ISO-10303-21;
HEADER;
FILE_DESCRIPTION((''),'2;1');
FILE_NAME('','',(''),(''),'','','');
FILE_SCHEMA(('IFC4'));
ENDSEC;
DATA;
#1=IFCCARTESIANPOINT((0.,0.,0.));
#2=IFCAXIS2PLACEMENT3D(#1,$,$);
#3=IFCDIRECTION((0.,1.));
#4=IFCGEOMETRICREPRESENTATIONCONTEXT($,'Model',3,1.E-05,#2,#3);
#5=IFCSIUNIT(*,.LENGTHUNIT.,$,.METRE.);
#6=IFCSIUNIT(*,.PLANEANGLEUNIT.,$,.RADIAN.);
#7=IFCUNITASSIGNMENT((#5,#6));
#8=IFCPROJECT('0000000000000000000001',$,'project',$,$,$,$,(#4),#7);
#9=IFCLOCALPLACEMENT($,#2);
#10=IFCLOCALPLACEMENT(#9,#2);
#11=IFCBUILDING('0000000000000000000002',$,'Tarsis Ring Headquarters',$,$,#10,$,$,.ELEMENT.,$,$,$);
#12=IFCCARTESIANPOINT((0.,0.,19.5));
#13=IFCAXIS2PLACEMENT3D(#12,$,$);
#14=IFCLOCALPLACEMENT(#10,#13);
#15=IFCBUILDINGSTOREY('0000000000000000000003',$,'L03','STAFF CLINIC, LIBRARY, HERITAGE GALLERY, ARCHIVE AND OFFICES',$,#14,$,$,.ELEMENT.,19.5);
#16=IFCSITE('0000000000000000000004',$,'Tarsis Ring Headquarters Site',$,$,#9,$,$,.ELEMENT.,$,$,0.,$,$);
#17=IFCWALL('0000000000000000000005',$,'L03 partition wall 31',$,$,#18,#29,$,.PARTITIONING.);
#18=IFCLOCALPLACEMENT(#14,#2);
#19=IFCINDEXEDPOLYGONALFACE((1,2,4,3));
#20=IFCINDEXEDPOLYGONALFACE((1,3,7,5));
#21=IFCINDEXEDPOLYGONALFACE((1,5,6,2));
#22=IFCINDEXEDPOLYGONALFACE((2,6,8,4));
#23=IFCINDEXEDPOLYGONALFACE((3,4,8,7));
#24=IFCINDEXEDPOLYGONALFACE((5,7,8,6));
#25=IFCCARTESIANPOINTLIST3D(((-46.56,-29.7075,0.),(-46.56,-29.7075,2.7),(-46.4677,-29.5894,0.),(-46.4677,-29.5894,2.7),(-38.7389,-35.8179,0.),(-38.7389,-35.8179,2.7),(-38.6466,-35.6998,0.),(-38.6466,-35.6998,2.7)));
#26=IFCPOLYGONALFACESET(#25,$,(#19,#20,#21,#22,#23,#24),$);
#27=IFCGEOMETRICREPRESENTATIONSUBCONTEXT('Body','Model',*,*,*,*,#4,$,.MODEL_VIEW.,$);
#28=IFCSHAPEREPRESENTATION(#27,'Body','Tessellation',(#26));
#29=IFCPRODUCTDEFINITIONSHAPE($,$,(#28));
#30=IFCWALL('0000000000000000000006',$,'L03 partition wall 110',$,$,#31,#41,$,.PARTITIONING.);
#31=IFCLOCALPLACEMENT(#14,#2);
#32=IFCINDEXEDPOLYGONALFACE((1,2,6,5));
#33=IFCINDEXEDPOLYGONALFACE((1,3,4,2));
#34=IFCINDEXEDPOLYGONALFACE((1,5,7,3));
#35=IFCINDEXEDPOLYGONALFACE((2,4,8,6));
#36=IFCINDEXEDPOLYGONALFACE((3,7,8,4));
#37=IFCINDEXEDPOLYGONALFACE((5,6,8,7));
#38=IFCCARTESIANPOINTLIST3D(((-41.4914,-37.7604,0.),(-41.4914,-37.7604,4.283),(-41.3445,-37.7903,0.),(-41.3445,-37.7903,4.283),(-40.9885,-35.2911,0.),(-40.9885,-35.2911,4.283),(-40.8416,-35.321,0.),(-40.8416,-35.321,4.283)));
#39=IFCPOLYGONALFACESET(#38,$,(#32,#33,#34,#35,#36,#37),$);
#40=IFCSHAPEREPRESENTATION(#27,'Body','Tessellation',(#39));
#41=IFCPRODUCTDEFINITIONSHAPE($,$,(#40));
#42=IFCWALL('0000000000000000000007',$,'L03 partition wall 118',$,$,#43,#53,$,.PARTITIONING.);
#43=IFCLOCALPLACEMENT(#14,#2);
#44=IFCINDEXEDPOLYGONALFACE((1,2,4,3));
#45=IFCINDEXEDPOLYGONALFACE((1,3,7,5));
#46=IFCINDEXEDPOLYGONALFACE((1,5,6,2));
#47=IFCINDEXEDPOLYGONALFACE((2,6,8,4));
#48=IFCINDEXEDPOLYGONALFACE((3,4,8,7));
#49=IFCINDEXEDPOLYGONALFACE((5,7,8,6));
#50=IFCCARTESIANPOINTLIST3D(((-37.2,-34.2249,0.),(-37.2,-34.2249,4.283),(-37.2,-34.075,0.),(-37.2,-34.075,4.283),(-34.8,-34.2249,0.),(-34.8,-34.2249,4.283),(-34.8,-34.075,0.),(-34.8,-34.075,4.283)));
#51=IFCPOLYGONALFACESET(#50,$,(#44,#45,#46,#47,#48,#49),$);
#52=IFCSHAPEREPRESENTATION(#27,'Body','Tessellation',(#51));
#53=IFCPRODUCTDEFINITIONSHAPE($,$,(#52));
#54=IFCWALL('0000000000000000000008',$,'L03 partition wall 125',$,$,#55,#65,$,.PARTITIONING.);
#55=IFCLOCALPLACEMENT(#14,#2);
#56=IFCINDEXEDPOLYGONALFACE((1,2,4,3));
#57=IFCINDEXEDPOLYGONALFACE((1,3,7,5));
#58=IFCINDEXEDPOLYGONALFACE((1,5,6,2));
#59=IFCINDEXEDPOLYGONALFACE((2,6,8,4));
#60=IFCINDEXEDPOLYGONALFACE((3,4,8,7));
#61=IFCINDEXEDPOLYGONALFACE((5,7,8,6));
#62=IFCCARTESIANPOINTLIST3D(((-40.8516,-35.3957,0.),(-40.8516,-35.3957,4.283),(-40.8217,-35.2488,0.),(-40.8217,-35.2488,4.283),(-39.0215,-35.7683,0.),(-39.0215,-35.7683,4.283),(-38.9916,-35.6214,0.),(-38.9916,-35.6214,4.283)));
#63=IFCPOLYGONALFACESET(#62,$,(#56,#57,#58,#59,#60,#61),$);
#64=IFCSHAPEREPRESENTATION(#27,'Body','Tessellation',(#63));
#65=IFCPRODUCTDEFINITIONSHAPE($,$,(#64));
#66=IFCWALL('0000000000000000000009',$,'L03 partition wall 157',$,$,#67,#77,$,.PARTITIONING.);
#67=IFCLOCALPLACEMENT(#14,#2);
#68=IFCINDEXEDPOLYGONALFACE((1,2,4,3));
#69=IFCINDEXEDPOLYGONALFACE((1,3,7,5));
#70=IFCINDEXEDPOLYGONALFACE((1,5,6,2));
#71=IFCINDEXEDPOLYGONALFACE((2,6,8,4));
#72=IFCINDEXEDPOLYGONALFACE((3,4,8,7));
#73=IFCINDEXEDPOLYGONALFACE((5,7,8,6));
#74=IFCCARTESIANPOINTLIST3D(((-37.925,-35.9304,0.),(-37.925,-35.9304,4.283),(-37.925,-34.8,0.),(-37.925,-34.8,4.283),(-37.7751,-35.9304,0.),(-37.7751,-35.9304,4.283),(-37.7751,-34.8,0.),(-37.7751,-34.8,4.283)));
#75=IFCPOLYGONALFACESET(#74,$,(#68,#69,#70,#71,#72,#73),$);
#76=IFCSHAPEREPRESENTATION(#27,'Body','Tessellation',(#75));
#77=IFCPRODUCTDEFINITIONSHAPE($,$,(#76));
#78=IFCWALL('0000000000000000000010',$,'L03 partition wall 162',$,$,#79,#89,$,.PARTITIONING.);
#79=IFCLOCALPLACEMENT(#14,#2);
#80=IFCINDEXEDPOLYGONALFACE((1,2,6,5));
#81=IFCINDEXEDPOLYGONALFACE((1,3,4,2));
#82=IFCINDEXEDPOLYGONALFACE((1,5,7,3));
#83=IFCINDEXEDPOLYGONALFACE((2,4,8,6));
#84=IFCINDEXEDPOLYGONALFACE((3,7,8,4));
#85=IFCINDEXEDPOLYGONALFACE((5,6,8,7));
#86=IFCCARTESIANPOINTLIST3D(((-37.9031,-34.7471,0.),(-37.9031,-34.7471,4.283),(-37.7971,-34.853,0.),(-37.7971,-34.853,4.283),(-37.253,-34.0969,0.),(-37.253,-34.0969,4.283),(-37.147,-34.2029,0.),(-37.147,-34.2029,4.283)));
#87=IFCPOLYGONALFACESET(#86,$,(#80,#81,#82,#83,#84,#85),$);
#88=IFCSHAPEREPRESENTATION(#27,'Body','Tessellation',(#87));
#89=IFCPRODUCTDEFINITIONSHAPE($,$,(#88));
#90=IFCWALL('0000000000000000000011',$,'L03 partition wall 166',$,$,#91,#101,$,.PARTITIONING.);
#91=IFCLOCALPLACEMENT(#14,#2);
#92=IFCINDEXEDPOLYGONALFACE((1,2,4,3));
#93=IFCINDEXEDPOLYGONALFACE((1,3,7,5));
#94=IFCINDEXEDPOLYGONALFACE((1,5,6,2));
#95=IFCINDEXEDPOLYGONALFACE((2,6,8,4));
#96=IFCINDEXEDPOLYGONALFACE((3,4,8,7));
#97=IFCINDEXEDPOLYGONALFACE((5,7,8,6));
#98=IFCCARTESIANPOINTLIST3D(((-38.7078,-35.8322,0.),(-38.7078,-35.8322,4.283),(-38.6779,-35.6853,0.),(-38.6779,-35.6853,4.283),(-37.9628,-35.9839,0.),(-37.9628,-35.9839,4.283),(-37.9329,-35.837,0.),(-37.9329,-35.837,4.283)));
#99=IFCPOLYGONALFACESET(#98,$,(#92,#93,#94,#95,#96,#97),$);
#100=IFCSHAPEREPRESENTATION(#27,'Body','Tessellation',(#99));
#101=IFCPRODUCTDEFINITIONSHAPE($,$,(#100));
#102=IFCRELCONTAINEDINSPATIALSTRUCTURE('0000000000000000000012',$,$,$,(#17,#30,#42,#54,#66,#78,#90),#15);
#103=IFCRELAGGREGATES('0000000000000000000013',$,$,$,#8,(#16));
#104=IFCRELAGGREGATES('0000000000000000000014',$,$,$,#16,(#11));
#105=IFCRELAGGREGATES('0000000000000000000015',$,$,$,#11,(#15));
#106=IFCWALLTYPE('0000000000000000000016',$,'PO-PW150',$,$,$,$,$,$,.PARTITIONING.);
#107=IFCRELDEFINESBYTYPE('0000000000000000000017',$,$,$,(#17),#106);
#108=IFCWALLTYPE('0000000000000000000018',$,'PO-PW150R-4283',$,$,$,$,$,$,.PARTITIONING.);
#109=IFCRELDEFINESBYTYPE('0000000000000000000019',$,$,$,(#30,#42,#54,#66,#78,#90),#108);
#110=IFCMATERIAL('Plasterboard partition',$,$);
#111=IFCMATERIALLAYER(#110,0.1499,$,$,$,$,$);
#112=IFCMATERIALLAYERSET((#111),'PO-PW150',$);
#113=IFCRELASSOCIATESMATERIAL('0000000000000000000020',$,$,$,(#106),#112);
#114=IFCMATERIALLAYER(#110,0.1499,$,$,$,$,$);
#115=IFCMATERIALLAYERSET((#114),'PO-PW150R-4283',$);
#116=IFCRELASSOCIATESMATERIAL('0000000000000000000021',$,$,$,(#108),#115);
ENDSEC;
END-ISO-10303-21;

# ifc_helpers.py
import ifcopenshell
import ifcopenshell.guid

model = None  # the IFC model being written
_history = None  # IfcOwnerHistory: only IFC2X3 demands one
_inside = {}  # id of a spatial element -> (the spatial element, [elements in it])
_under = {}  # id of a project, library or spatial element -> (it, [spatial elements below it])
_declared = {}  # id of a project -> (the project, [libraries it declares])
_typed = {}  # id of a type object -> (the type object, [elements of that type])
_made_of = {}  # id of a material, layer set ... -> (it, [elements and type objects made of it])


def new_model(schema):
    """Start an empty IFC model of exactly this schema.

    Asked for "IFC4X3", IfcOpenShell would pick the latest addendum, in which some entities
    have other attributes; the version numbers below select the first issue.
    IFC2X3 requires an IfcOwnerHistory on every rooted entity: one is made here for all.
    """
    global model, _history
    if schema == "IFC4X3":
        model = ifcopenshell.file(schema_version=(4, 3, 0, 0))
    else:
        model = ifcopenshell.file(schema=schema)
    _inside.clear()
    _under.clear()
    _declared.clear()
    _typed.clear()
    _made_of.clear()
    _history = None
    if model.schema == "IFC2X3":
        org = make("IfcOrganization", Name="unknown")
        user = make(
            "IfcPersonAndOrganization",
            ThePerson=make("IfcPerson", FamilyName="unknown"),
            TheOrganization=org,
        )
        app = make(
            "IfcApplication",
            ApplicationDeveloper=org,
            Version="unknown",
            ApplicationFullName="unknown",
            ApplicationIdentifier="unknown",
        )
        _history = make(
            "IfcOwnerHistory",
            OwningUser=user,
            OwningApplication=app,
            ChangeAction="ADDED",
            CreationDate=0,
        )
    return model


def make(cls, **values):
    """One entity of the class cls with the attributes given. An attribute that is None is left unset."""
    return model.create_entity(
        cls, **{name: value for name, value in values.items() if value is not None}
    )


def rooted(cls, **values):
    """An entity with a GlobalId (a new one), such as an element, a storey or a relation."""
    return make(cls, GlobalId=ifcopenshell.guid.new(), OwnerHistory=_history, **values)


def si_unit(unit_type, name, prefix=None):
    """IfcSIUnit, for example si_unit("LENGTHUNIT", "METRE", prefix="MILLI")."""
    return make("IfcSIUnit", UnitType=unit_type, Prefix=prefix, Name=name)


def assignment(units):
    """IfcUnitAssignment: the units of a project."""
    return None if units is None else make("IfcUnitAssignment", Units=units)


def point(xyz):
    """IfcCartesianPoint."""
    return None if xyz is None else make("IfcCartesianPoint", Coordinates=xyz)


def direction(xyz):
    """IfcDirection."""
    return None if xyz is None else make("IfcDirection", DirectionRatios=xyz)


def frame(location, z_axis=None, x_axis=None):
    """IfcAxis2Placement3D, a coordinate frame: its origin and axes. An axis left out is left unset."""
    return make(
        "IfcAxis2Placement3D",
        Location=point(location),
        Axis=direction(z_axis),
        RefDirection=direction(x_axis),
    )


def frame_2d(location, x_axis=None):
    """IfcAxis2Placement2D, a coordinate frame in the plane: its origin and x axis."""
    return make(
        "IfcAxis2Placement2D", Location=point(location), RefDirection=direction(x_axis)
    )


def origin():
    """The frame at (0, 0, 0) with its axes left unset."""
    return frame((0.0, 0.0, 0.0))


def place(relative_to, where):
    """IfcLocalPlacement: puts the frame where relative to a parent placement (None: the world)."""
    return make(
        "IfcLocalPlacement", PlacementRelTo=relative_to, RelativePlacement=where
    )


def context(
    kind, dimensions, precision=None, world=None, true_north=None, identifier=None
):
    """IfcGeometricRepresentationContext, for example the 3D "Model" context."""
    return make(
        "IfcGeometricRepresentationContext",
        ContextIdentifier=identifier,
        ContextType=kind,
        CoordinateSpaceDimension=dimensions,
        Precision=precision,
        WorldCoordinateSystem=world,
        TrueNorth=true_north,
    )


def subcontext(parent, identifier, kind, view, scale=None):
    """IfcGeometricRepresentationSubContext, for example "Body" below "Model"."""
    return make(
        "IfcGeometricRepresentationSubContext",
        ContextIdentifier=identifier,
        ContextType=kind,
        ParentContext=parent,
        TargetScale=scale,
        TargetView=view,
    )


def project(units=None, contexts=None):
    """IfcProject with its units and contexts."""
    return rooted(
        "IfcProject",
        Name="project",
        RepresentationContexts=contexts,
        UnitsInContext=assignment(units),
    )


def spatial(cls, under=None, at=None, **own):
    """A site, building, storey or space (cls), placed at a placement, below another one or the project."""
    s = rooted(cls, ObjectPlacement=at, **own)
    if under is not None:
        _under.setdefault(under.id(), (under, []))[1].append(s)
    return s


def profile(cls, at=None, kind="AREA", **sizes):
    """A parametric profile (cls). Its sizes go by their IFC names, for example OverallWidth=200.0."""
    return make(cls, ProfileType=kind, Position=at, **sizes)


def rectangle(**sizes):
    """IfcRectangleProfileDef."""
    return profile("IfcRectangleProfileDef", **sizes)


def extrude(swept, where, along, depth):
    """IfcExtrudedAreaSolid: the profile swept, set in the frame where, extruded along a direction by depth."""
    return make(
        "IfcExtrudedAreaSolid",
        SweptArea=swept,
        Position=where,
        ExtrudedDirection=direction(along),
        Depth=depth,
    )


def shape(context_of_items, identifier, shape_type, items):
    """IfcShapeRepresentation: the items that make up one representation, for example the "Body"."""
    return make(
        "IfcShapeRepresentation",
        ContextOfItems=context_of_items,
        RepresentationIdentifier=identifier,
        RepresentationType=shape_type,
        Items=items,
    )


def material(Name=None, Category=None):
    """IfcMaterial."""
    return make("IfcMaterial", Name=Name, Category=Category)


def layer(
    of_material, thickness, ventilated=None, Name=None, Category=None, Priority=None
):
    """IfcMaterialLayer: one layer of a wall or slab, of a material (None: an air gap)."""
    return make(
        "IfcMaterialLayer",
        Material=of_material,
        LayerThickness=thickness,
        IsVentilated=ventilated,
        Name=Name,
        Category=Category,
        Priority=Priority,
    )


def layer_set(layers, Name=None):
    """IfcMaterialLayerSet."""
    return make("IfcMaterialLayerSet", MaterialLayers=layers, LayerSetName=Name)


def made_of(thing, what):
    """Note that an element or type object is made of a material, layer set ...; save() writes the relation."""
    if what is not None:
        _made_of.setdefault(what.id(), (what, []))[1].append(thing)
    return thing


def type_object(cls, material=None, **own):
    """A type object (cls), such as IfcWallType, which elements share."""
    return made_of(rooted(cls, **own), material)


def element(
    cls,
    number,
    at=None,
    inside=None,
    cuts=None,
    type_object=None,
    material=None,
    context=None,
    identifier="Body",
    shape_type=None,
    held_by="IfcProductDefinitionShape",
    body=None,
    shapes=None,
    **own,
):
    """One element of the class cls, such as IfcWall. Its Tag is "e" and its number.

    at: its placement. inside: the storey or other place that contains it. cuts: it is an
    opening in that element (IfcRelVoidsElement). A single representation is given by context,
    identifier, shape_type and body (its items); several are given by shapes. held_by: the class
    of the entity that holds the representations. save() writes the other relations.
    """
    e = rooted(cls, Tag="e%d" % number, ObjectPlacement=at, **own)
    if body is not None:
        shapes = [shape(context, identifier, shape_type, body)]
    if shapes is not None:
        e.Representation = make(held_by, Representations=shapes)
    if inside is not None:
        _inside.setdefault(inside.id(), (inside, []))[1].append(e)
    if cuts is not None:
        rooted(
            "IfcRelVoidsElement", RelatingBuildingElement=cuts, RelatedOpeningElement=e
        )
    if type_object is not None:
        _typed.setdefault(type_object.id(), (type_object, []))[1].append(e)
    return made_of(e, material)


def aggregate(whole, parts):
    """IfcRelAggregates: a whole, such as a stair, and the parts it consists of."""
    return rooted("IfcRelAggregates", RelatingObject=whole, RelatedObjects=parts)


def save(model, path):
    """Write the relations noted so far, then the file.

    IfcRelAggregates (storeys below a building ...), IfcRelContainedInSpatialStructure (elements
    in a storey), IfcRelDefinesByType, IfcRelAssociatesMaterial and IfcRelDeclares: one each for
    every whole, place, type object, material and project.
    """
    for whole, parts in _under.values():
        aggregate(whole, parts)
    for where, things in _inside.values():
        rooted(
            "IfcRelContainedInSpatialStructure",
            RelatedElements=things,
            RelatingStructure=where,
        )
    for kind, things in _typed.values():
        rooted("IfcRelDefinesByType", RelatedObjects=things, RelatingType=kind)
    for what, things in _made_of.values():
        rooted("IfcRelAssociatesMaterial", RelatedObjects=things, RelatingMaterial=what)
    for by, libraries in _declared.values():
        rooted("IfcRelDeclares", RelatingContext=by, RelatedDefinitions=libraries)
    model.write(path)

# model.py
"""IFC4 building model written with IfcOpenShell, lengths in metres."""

from ifc_helpers import new_model, si_unit, direction, frame, frame_2d, origin, place, context, subcontext, project, spatial, rectangle, extrude, material, layer, layer_set, type_object, element, save


model = new_model("IFC4")

# Units and contexts
model_context = context("Model", 3, precision=1e-05, world=origin(), true_north=direction((0.0, 1.0)))
body_context = subcontext(model_context, "Body", "Model", "MODEL_VIEW")
ifc_project = project(units=[si_unit("LENGTHUNIT", "METRE"), si_unit("PLANEANGLEUNIT", "RADIAN")], contexts=[model_context])

# Site, building, storey
site_placement = place(None, origin())
site = spatial("IfcSite", under=ifc_project, at=site_placement, Name="Tarsis Ring Headquarters Site", CompositionType="ELEMENT", RefElevation=0.0)
building_placement = place(site_placement, origin())
building = spatial("IfcBuilding", under=site, at=building_placement, Name="Tarsis Ring Headquarters", CompositionType="ELEMENT")
storey_placement = place(building_placement, frame((0.0, 0.0, 19.5)))
storey = spatial("IfcBuildingStorey", under=building, at=storey_placement, Name="L03", Description="STAFF CLINIC, LIBRARY, HERITAGE GALLERY, ARCHIVE AND OFFICES", CompositionType="ELEMENT", Elevation=19.5)

# Walls
ifc_material_1 = material(Name="Plasterboard partition")
ifc_layer_1 = layer(ifc_material_1, 0.1499)
ifc_layer_set_1 = layer_set([ifc_layer_1], Name="PO-PW150")
wall_type_1 = type_object("IfcWallType", Name="PO-PW150", PredefinedType="PARTITIONING", material=ifc_layer_set_1)
wall_1_placement = place(storey_placement, frame((-38.6929, -35.7588, 0.0), z_axis=(0.0, 0.0, 1.0), x_axis=(-0.788017, 0.615654, 0.0)))
element("IfcWall", 1, at=wall_1_placement, inside=storey, type_object=wall_type_1, Name="L03 partition wall 31", PredefinedType="PARTITIONING", context=body_context, shape_type="SweptSolid", body=[
    extrude(rectangle(XDim=9.925, YDim=0.1499, at=frame_2d((4.9624, 0.0))), origin(), (0.0, 0.0, 1.0), 2.7),
])
ifc_layer_2 = layer(ifc_material_1, 0.1499)
ifc_layer_set_2 = layer_set([ifc_layer_2], Name="PO-PW150R-4283")
wall_type_2 = type_object("IfcWallType", Name="PO-PW150R-4283", PredefinedType="PARTITIONING", material=ifc_layer_set_2)
wall_2_placement = place(storey_placement, frame((-41.418, -37.7754, 0.0), z_axis=(0.0, 0.0, 1.0), x_axis=(0.19958, 0.979881, 0.0)))
element("IfcWall", 2, at=wall_2_placement, inside=storey, type_object=wall_type_2, Name="L03 partition wall 110", PredefinedType="PARTITIONING", context=body_context, shape_type="SweptSolid", body=[
    extrude(rectangle(XDim=2.52, YDim=0.1499, at=frame_2d((1.26, 0.0))), origin(), (0.0, 0.0, 1.0), 4.283),
])
wall_3_placement = place(storey_placement, frame((-37.2, -34.1499, 0.0), z_axis=(0.0, 0.0, 1.0), x_axis=(1.0, 0.0, 0.0)))
element("IfcWall", 3, at=wall_3_placement, inside=storey, type_object=wall_type_2, Name="L03 partition wall 118", PredefinedType="PARTITIONING", context=body_context, shape_type="SweptSolid", body=[
    extrude(rectangle(XDim=2.3999, YDim=0.1499, at=frame_2d((1.2, 0.0))), origin(), (0.0, 0.0, 1.0), 4.283),
])
wall_4_placement = place(storey_placement, frame((-40.8367, -35.3223, 0.0), z_axis=(0.0, 0.0, 1.0), x_axis=(0.979901, -0.199484, 0.0)))
element("IfcWall", 4, at=wall_4_placement, inside=storey, type_object=wall_type_2, Name="L03 partition wall 125", PredefinedType="PARTITIONING", context=body_context, shape_type="SweptSolid", body=[
    extrude(rectangle(XDim=1.8677, YDim=0.1499, at=frame_2d((0.9338, 0.0))), origin(), (0.0, 0.0, 1.0), 4.283),
])
wall_5_placement = place(storey_placement, frame((-37.8501, -35.9304, 0.0), z_axis=(0.0, 0.0, 1.0), x_axis=(0.0, 1.0, 0.0)))
element("IfcWall", 5, at=wall_5_placement, inside=storey, type_object=wall_type_2, Name="L03 partition wall 157", PredefinedType="PARTITIONING", context=body_context, shape_type="SweptSolid", body=[
    extrude(rectangle(XDim=1.1304, YDim=0.1499, at=frame_2d((0.5652, 0.0))), origin(), (0.0, 0.0, 1.0), 4.283),
])
wall_6_placement = place(storey_placement, frame((-37.8501, -34.8, 0.0), z_axis=(0.0, 0.0, 1.0), x_axis=(0.707107, 0.707107, 0.0)))
element("IfcWall", 6, at=wall_6_placement, inside=storey, type_object=wall_type_2, Name="L03 partition wall 162", PredefinedType="PARTITIONING", context=body_context, shape_type="SweptSolid", body=[
    extrude(rectangle(XDim=0.9194, YDim=0.1499, at=frame_2d((0.4597, 0.0))), origin(), (0.0, 0.0, 1.0), 4.283),
])
wall_7_placement = place(storey_placement, frame((-38.6929, -35.7588, 0.0), z_axis=(0.0, 0.0, 1.0), x_axis=(0.979908, -0.19945, 0.0)))
element("IfcWall", 7, at=wall_7_placement, inside=storey, type_object=wall_type_2, Name="L03 partition wall 166", PredefinedType="PARTITIONING", context=body_context, shape_type="SweptSolid", body=[
    extrude(rectangle(XDim=0.7603, YDim=0.1499, at=frame_2d((0.3801, 0.0))), origin(), (0.0, 0.0, 1.0), 4.283),
])

save(model, "model.ifc")
